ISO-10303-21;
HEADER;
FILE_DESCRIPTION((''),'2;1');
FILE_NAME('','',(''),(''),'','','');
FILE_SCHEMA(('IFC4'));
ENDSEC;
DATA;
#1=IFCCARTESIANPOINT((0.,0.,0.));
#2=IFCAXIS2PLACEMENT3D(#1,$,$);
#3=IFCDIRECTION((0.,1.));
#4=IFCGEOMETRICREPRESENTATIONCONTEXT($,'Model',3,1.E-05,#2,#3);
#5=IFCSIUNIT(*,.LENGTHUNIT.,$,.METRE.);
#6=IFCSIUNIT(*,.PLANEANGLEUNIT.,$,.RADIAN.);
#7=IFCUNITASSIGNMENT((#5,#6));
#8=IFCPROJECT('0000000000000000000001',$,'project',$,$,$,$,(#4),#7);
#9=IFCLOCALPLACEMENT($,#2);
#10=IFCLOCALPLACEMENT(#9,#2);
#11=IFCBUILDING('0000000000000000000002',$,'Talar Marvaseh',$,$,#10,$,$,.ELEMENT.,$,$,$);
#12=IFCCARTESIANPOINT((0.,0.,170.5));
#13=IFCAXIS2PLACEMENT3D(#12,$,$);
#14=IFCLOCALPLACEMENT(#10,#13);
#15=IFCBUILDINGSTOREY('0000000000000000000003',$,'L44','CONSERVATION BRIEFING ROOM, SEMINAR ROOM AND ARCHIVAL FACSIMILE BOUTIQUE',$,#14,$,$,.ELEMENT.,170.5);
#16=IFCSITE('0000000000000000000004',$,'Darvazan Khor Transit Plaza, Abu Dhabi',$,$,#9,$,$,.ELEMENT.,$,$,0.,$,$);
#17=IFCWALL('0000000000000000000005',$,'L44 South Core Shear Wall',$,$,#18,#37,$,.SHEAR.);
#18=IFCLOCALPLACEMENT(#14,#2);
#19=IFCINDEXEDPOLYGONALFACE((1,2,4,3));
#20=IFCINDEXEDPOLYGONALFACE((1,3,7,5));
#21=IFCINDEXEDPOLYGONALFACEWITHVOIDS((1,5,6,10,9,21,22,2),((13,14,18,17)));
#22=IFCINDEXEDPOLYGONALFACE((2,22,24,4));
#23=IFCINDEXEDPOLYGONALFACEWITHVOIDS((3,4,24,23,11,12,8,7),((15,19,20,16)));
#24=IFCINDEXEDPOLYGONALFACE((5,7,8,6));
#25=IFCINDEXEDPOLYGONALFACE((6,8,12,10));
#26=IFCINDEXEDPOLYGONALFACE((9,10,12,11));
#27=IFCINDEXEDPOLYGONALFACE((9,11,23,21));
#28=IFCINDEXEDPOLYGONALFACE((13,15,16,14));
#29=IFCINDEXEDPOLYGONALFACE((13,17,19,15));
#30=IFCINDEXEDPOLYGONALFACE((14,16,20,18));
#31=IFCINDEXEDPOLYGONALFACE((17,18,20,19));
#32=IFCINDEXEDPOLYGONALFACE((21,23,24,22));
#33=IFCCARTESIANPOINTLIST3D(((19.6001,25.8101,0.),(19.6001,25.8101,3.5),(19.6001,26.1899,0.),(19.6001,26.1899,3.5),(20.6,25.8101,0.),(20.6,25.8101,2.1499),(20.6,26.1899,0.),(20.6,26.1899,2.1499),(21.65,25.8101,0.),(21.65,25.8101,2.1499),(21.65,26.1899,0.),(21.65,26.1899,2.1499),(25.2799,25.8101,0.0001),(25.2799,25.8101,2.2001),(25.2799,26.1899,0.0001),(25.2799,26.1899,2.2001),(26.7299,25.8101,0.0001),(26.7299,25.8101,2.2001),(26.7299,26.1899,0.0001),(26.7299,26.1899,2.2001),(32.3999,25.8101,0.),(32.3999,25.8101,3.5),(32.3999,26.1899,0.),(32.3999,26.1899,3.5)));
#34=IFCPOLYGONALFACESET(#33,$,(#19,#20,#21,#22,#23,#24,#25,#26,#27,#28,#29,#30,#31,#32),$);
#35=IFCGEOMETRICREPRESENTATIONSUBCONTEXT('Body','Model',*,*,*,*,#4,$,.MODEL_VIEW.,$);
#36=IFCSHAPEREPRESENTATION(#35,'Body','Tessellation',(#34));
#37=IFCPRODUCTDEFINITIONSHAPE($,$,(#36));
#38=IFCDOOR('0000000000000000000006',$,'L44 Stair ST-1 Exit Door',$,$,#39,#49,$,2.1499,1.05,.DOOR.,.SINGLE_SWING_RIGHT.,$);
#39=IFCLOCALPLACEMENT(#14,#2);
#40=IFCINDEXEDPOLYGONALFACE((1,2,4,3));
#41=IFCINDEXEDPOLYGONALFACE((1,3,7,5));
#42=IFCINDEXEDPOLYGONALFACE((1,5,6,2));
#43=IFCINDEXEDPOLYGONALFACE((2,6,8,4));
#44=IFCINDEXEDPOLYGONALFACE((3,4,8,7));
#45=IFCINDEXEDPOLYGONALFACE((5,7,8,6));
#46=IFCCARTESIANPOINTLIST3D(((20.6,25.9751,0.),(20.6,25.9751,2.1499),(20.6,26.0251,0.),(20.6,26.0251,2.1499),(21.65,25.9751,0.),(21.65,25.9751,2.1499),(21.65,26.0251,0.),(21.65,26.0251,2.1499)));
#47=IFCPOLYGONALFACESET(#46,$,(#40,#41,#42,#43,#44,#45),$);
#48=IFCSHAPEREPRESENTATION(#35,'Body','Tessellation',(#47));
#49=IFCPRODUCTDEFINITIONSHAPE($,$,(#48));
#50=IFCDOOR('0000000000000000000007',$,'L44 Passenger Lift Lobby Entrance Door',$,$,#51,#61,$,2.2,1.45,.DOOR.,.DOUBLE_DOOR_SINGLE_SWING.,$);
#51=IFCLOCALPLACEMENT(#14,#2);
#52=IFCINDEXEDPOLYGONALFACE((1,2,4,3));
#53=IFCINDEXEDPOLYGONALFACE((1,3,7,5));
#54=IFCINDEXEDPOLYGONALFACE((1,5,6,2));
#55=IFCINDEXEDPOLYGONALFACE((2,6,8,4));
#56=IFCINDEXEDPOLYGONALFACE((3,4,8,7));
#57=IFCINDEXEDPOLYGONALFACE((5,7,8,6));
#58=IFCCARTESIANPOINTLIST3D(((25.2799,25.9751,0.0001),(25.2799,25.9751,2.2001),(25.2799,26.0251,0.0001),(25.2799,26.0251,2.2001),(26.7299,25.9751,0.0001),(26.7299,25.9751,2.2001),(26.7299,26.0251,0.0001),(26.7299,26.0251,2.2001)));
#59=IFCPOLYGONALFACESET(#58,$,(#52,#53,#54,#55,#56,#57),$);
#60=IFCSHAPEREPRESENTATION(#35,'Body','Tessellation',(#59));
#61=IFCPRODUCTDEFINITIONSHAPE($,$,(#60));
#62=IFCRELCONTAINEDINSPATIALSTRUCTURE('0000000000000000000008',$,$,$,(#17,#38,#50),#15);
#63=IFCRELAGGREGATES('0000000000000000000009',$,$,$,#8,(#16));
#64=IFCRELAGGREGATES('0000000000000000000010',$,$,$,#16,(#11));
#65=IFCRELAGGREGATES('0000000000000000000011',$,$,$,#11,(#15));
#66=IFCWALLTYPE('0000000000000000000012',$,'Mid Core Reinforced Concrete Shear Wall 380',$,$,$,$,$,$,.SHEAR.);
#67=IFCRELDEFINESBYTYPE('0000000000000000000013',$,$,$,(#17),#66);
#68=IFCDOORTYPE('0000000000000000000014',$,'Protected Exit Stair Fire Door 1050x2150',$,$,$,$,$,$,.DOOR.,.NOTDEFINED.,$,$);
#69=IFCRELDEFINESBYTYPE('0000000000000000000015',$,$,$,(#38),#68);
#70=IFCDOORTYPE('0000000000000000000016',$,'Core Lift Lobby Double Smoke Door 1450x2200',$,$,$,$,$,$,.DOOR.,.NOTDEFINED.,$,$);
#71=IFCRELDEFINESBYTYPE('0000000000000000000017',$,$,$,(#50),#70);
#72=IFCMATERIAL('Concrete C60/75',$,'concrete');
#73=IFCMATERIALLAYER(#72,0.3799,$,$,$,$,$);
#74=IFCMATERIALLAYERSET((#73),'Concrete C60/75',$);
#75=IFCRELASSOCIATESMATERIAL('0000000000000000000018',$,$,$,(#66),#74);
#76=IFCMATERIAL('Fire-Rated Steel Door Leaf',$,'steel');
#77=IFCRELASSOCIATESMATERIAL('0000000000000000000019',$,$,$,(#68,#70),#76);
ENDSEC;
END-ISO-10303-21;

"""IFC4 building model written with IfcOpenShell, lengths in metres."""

from ifc_helpers import new_model, si_unit, direction, frame, frame_2d, origin, place, context, subcontext, project, spatial, rectangle, extrude, source, transform, mapped, material, layer, layer_set, type_object, type_shapes, element, fill, save


model = new_model("IFC4")

# Units and contexts
model_context = context("Model", 3, precision=1e-05, world=origin(), true_north=direction((0.0, 1.0)))
body_context = subcontext(model_context, "Body", "Model", "MODEL_VIEW")
ifc_project = project(units=[si_unit("LENGTHUNIT", "METRE"), si_unit("PLANEANGLEUNIT", "RADIAN")], contexts=[model_context])

# Site, building, storey
site_placement = place(None, origin())
site = spatial("IfcSite", under=ifc_project, at=site_placement, Name="Darvazan Khor Transit Plaza, Abu Dhabi", CompositionType="ELEMENT", RefElevation=0.0)
building_placement = place(site_placement, origin())
building = spatial("IfcBuilding", under=site, at=building_placement, Name="Talar Marvaseh", CompositionType="ELEMENT")
storey_placement = place(building_placement, frame((0.0, 0.0, 170.5)))
storey = spatial("IfcBuildingStorey", under=building, at=storey_placement, Name="L44", Description="CONSERVATION BRIEFING ROOM, SEMINAR ROOM AND ARCHIVAL FACSIMILE BOUTIQUE", CompositionType="ELEMENT", Elevation=170.5)

# Shared definitions
ifc_material_1 = material(Name="Concrete C60/75", Category="concrete")

# Wall, openings, doors
ifc_layer_1 = layer(ifc_material_1, 0.3799)
ifc_layer_set_1 = layer_set([ifc_layer_1], Name="Concrete C60/75")
wall_type_1 = type_object("IfcWallType", Name="Mid Core Reinforced Concrete Shear Wall 380", PredefinedType="SHEAR", material=ifc_layer_set_1)
wall_1_placement = place(storey_placement, frame((32.3999, 26.0, 0.0), z_axis=(0.0, 0.0, 1.0), x_axis=(-1.0, 0.0, 0.0)))
wall_1 = element("IfcWall", 1, at=wall_1_placement, inside=storey, type_object=wall_type_1, Name="L44 South Core Shear Wall", PredefinedType="SHEAR", context=body_context, shape_type="SweptSolid", body=[
    extrude(rectangle(XDim=12.7998, YDim=0.3799, at=frame_2d((6.3999, 0.0))), origin(), (0.0, 0.0, 1.0), 3.5),
])
opening_1_placement = place(wall_1_placement, frame((10.75, 0.0, 0.0)))
opening_1 = element("IfcOpeningElement", 2, at=opening_1_placement, cuts=wall_1, PredefinedType="OPENING", context=body_context, shape_type="SweptSolid", body=[
    extrude(rectangle(XDim=1.05, YDim=2.1499, at=frame_2d((0.5249, 1.075))), frame((0.0, 0.2, 0.0), z_axis=(0.0, -1.0, 0.0), x_axis=(1.0, 0.0, 0.0)), (0.0, 0.0, 1.0), 0.3999),
])
opening_2_placement = place(wall_1_placement, frame((5.6699, 0.0, 0.0)))
opening_2 = element("IfcOpeningElement", 3, at=opening_2_placement, cuts=wall_1, PredefinedType="OPENING", context=body_context, shape_type="SweptSolid", body=[
    extrude(rectangle(XDim=1.45, YDim=2.2, at=frame_2d((0.7251, 1.1001))), frame((0.0, 0.2, 0.0), z_axis=(0.0, -1.0, 0.0), x_axis=(1.0, 0.0, 0.0)), (0.0, 0.0, 1.0), 0.3999),
])
ifc_material_2 = material(Name="Fire-Rated Steel Door Leaf", Category="steel")
door_type_1 = type_object("IfcDoorType", Name="Protected Exit Stair Fire Door 1050x2150", OperationType="NOTDEFINED", PredefinedType="DOOR", material=ifc_material_2)
shared_shape_1 = source(origin(), body_context, "Body", "SweptSolid", [
    extrude(rectangle(XDim=1.05, YDim=2.1499, at=frame_2d((0.5249, 1.075))), frame((0.0, 0.0249, 0.0), z_axis=(0.0, -1.0, 0.0), x_axis=(1.0, 0.0, 0.0)), (0.0, 0.0, 1.0), 0.05),
])
type_shapes(door_type_1, [shared_shape_1])
door_1_placement = place(opening_1_placement, origin())
door_1 = element("IfcDoor", 4, at=door_1_placement, inside=storey, type_object=door_type_1, Name="L44 Stair ST-1 Exit Door", OperationType="SINGLE_SWING_RIGHT", OverallHeight=2.1499, OverallWidth=1.05, PredefinedType="DOOR", context=body_context, shape_type="MappedRepresentation", body=[
    mapped(shared_shape_1, transform((0.0, 0.0, 0.0), x_axis=(1.0, 0.0, 0.0), y_axis=(0.0, 1.0, 0.0), z_axis=(0.0, 0.0, 1.0), scale=1.0)),
])
fill(opening_1, door_1)
door_type_2 = type_object("IfcDoorType", Name="Core Lift Lobby Double Smoke Door 1450x2200", OperationType="NOTDEFINED", PredefinedType="DOOR", material=ifc_material_2)
shared_shape_2 = source(origin(), body_context, "Body", "SweptSolid", [
    extrude(rectangle(XDim=1.45, YDim=2.2, at=frame_2d((0.7251, 1.1001))), frame((0.0, 0.0249, 0.0), z_axis=(0.0, -1.0, 0.0), x_axis=(1.0, 0.0, 0.0)), (0.0, 0.0, 1.0), 0.05),
])
type_shapes(door_type_2, [shared_shape_2])
door_2_placement = place(opening_2_placement, origin())
door_2 = element("IfcDoor", 5, at=door_2_placement, inside=storey, type_object=door_type_2, Name="L44 Passenger Lift Lobby Entrance Door", OperationType="DOUBLE_DOOR_SINGLE_SWING", OverallHeight=2.2, OverallWidth=1.45, PredefinedType="DOOR", context=body_context, shape_type="MappedRepresentation", body=[
    mapped(shared_shape_2, transform((0.0, 0.0, 0.0), x_axis=(1.0, 0.0, 0.0), y_axis=(0.0, 1.0, 0.0), z_axis=(0.0, 0.0, 1.0), scale=1.0)),
])
fill(opening_2, door_2)

save(model, "model.ifc")
